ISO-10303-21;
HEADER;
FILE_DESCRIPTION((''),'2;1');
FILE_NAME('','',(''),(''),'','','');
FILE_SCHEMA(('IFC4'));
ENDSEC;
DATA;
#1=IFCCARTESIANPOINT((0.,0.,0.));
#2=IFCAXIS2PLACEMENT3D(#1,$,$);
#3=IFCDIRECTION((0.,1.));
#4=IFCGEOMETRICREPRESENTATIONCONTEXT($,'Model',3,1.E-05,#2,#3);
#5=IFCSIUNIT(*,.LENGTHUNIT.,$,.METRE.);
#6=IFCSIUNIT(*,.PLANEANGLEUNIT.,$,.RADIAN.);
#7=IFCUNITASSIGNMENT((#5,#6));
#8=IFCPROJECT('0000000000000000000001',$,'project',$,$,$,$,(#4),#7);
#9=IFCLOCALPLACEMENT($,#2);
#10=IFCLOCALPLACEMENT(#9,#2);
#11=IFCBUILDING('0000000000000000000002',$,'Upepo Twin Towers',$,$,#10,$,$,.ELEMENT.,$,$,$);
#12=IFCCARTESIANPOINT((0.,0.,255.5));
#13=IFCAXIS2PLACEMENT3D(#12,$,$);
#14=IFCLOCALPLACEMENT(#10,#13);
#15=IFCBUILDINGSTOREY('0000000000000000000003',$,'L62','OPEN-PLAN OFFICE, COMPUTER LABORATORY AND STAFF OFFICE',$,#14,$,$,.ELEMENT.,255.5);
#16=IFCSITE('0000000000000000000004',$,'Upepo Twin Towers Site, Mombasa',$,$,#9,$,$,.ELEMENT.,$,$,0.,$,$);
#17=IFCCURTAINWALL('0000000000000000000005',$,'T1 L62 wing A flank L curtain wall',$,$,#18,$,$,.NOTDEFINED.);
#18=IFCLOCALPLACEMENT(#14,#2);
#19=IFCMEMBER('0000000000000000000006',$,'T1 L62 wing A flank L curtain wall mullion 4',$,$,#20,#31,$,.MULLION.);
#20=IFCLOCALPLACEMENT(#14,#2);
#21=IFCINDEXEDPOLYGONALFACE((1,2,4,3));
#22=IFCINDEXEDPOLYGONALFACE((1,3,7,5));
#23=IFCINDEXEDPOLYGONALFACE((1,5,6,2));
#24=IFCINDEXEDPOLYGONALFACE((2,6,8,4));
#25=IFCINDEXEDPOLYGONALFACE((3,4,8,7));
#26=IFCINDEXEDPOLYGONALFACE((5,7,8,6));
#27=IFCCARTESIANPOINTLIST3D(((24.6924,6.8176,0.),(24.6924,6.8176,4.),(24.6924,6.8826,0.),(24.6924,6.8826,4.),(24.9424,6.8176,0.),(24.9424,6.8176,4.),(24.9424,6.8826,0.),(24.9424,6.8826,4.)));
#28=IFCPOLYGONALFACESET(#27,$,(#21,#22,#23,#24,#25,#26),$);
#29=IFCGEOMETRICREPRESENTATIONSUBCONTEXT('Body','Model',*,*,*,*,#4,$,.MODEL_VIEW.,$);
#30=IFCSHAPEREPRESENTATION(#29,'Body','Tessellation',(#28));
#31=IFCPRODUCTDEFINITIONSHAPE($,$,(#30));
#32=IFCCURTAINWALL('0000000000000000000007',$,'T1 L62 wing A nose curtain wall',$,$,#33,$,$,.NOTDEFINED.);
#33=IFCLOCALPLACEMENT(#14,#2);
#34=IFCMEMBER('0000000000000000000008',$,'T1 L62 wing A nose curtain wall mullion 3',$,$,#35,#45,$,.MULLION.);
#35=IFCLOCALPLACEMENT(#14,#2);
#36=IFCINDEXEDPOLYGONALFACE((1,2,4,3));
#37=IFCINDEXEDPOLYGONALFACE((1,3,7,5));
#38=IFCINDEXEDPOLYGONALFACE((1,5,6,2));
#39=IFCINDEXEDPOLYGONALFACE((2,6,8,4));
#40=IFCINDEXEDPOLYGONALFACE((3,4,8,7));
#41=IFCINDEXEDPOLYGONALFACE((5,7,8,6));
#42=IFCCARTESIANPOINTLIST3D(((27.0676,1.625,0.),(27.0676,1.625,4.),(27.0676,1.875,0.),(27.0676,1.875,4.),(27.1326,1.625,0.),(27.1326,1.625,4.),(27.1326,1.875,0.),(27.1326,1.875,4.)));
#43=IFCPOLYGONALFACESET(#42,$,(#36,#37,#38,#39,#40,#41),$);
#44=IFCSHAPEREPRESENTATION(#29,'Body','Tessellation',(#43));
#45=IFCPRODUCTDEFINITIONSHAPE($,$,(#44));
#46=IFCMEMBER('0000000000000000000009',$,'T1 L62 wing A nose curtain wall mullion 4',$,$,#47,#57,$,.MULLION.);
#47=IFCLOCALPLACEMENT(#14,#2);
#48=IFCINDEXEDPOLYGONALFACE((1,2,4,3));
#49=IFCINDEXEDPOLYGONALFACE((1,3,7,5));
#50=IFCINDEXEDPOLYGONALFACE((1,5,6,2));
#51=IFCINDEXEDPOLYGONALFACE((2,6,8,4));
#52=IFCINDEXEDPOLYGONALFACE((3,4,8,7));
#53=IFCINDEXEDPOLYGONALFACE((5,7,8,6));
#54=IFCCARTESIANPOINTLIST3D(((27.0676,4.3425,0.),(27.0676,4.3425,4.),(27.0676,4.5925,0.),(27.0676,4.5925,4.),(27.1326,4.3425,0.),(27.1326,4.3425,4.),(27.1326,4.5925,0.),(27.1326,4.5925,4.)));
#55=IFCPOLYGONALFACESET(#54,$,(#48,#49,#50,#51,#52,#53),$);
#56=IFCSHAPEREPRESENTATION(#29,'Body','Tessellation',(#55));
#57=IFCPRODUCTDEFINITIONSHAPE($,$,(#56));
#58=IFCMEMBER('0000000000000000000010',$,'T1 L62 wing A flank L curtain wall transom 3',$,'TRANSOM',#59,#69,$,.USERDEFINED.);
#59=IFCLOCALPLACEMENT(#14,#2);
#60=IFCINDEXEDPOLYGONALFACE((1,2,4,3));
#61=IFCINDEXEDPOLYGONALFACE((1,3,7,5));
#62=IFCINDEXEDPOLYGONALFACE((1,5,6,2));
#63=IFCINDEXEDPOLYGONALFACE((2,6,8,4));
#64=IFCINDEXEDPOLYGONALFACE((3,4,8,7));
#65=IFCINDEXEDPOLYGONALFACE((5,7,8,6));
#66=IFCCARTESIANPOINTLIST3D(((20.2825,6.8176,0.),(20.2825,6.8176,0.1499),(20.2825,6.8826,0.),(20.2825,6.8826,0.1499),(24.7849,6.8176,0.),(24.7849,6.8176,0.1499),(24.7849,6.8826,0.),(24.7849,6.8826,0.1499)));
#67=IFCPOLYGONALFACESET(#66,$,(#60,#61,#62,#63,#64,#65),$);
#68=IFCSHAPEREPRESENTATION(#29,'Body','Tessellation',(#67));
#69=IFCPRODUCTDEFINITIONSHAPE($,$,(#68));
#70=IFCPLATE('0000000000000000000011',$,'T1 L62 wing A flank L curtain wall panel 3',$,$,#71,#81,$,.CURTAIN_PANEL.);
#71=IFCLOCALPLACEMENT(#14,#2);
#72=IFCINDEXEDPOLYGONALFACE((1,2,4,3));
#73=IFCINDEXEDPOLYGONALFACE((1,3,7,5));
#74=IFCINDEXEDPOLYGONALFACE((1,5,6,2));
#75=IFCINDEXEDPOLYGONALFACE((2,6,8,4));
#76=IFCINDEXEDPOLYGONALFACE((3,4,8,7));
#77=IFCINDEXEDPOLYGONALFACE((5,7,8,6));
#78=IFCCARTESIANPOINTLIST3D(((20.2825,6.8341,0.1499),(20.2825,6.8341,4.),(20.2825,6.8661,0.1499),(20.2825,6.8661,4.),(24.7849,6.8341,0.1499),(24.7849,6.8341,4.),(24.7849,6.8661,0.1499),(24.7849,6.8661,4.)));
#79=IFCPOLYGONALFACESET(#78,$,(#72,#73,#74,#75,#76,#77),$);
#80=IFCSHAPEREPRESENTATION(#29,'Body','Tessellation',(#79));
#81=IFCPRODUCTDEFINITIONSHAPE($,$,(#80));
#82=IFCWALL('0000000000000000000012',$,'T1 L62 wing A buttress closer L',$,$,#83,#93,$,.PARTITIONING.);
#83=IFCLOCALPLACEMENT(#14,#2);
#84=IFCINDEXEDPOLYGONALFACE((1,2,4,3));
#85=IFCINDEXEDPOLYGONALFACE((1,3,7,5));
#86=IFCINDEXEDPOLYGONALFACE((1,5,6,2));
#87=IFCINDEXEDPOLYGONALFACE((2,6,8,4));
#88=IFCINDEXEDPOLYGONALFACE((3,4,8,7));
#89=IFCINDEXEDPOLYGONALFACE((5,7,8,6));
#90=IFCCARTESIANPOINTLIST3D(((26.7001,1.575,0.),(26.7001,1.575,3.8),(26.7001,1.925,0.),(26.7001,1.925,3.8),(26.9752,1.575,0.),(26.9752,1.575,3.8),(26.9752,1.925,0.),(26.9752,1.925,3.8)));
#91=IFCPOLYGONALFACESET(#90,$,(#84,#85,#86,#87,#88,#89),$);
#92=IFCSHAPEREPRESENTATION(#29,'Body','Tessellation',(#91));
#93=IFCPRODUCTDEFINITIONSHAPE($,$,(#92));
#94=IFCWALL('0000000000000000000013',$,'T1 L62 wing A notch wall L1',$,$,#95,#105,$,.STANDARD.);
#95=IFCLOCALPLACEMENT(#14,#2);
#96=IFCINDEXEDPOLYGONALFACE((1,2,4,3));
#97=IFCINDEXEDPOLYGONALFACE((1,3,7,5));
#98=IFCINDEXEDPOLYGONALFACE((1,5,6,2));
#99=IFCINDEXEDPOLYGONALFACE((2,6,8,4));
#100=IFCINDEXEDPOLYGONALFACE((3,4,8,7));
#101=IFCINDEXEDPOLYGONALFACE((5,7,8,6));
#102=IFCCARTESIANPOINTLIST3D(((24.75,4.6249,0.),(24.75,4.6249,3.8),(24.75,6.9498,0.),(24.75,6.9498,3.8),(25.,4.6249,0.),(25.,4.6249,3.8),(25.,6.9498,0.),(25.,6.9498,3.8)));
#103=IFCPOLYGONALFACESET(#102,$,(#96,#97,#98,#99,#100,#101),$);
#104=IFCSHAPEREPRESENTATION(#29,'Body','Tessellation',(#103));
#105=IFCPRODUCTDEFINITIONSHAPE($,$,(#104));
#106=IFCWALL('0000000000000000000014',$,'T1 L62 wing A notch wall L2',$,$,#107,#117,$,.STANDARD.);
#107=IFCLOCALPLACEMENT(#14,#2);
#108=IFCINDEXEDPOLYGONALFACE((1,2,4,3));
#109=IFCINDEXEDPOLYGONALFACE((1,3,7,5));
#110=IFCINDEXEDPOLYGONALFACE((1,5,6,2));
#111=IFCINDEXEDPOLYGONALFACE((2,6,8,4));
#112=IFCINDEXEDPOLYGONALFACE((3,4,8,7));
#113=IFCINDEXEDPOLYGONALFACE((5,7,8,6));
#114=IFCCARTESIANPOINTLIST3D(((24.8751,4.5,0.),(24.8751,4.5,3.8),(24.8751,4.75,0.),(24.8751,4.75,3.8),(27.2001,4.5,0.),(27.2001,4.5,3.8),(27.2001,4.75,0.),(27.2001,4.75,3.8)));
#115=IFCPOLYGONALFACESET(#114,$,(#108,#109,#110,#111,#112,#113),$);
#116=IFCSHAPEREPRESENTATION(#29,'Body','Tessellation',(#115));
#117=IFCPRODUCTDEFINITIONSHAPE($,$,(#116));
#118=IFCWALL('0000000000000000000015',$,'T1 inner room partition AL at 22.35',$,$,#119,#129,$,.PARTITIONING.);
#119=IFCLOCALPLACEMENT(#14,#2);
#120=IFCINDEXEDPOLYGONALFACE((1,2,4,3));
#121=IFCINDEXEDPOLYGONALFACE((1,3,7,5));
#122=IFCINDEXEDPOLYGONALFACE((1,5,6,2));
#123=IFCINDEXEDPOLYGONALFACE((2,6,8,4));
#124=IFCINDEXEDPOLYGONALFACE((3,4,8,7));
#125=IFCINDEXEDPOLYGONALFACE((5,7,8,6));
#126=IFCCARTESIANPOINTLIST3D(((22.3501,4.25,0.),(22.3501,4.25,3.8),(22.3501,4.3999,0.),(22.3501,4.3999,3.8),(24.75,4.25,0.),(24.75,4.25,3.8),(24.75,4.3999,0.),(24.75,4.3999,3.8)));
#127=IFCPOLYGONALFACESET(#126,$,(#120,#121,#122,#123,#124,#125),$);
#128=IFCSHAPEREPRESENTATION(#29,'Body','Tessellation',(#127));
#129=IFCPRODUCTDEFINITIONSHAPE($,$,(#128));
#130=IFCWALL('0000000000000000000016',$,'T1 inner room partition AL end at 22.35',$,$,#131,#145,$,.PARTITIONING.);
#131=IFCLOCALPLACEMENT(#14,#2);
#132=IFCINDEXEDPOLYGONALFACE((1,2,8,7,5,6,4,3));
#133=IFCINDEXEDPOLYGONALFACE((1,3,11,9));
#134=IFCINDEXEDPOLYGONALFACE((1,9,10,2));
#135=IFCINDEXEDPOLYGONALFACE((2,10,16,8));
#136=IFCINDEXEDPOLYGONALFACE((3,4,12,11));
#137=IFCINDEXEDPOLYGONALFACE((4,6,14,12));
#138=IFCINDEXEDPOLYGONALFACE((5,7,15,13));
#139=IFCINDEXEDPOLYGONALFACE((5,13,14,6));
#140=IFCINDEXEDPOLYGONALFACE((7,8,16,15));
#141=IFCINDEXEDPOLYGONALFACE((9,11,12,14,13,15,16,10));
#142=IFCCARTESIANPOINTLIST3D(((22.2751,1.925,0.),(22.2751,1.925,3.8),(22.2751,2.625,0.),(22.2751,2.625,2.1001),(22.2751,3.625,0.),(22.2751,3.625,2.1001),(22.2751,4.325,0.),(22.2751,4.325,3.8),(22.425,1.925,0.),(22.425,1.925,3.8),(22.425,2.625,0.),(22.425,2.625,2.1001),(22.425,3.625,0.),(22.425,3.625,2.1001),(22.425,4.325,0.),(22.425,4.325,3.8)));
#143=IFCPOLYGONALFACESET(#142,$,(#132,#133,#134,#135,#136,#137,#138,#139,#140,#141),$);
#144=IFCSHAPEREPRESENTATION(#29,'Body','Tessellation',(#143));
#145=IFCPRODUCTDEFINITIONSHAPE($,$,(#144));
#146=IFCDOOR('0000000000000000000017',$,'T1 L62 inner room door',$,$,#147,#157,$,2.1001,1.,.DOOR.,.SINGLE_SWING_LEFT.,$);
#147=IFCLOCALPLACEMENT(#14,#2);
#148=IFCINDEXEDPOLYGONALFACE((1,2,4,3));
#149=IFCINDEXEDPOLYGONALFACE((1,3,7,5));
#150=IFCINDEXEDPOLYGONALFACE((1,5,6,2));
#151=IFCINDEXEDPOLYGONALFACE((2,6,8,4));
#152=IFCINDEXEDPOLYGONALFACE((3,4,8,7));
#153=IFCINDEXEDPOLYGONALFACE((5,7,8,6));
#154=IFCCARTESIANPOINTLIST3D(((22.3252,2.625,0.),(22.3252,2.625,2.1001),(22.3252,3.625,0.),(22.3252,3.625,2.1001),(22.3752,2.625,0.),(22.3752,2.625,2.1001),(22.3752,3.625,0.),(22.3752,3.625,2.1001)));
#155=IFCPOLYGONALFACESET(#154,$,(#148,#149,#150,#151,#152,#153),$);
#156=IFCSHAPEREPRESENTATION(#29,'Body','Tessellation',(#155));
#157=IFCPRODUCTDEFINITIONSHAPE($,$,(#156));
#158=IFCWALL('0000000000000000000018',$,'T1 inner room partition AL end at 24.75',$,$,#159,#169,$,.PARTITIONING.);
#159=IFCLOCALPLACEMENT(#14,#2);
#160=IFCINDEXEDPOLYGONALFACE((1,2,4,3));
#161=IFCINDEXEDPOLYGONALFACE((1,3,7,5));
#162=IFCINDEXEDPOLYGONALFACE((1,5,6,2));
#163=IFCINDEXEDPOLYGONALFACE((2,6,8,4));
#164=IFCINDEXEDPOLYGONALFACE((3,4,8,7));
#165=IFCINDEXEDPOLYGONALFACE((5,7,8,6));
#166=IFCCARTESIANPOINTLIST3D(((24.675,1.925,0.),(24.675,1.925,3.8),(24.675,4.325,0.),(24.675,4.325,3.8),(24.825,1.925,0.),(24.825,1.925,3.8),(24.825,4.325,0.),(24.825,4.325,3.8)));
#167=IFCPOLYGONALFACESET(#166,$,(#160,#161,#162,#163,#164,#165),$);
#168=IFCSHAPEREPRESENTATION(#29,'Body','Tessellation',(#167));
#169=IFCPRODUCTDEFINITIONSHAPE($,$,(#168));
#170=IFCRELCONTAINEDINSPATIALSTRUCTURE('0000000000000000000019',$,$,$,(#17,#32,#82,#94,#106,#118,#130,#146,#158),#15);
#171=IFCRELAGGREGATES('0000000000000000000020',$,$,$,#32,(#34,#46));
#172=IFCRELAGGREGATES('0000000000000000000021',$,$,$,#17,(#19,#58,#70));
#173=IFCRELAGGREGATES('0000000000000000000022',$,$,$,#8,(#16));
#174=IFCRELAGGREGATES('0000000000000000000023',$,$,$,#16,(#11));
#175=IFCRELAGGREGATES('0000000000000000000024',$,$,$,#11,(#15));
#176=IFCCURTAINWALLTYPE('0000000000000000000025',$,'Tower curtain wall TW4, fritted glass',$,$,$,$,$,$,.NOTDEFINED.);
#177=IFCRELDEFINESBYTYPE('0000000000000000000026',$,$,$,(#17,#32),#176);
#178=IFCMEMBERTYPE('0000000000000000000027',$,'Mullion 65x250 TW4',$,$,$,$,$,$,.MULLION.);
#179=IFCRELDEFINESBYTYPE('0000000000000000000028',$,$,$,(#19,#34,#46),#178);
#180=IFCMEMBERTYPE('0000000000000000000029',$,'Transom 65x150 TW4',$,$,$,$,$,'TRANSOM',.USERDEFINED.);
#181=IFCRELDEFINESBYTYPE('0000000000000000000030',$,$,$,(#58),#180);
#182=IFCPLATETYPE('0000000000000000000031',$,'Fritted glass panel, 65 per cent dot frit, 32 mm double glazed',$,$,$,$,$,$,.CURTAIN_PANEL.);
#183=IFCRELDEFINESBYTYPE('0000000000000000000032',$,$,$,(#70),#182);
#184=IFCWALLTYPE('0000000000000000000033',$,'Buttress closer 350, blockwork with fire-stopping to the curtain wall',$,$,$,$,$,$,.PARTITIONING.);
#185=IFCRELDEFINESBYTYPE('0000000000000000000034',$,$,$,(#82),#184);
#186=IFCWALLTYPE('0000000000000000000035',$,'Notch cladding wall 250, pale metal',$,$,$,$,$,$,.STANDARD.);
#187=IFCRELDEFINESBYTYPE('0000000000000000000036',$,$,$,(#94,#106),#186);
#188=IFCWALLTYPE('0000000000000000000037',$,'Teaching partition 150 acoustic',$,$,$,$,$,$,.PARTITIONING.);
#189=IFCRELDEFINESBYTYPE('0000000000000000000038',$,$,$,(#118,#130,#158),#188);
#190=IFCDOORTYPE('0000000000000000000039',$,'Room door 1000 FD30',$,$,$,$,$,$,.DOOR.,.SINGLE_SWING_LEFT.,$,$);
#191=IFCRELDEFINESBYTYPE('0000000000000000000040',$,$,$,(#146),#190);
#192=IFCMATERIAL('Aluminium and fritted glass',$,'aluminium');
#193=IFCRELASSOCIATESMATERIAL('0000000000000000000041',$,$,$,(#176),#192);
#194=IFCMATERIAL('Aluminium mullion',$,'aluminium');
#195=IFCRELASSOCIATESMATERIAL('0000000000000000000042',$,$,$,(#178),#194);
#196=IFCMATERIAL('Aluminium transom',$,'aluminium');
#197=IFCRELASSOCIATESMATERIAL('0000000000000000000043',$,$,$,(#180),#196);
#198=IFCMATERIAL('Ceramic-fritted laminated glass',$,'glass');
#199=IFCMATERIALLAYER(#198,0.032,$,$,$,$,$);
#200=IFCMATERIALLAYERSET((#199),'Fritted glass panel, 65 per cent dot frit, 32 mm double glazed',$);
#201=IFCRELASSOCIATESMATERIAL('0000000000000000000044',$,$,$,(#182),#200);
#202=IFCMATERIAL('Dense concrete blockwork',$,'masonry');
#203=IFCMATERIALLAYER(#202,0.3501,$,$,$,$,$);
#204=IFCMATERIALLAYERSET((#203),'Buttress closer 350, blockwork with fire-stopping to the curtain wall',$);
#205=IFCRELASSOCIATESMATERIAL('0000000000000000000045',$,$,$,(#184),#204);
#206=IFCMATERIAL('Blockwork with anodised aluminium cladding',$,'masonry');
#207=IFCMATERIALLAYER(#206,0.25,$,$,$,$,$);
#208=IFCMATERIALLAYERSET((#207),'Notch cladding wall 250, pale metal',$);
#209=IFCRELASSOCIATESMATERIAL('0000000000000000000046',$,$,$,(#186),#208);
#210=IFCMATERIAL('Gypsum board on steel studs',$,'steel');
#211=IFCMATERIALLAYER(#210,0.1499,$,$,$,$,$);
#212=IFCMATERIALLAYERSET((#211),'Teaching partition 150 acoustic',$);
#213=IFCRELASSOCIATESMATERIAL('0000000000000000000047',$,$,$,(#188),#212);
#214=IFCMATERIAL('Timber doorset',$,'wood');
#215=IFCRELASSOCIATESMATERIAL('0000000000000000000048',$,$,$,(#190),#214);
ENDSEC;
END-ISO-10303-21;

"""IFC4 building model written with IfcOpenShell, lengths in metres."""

from ifc_helpers import new_model, si_unit, direction, frame, frame_2d, origin, origin_2d, place, context, subcontext, project, spatial, rectangle, extrude, material, layer, layer_set, material_profile, profile_set, type_object, element, fill, aggregate, save


model = new_model("IFC4")

# Units and contexts
model_context = context("Model", 3, precision=1e-05, world=origin(), true_north=direction((0.0, 1.0)))
body_context = subcontext(model_context, "Body", "Model", "MODEL_VIEW")
ifc_project = project(units=[si_unit("LENGTHUNIT", "METRE"), si_unit("PLANEANGLEUNIT", "RADIAN")], contexts=[model_context])

# Site, building, storey
site_placement = place(None, origin())
site = spatial("IfcSite", under=ifc_project, at=site_placement, Name="Upepo Twin Towers Site, Mombasa", CompositionType="ELEMENT", RefElevation=0.0)
building_placement = place(site_placement, origin())
building = spatial("IfcBuilding", under=site, at=building_placement, Name="Upepo Twin Towers", CompositionType="ELEMENT")
storey_placement = place(building_placement, frame((0.0, 0.0, 255.5)))
storey = spatial("IfcBuildingStorey", under=building, at=storey_placement, Name="L62", Description="OPEN-PLAN OFFICE, COMPUTER LABORATORY AND STAFF OFFICE", CompositionType="ELEMENT", Elevation=255.5)

# Curtain walls, members
ifc_material_1 = material(Name="Aluminium and fritted glass", Category="aluminium")
curtain_wall_type = type_object("IfcCurtainWallType", Name="Tower curtain wall TW4, fritted glass", PredefinedType="NOTDEFINED", material=ifc_material_1)
curtain_wall_1_placement = place(storey_placement, origin())
curtain_wall_1 = element("IfcCurtainWall", 1, at=curtain_wall_1_placement, inside=storey, type_object=curtain_wall_type, Name="T1 L62 wing A flank L curtain wall", PredefinedType="NOTDEFINED")
ifc_material_2 = material(Name="Aluminium mullion", Category="aluminium")
ifc_material_profile_1 = material_profile(ifc_material_2, rectangle(XDim=0.0649, YDim=0.25, at=origin_2d()), Name="MULLION 65x250")
ifc_profile_set_1 = profile_set([ifc_material_profile_1], Name="Aluminium mullion")
member_type_1 = type_object("IfcMemberType", Name="Mullion 65x250 TW4", PredefinedType="MULLION", material=ifc_profile_set_1)
member_1_placement = place(storey_placement, frame((24.8174, 6.8501, 0.0), z_axis=(0.0, 0.0, 1.0), x_axis=(0.0, 1.0, 0.0)))
member_1 = element("IfcMember", 2, at=member_1_placement, type_object=member_type_1, Name="T1 L62 wing A flank L curtain wall mullion 4", PredefinedType="MULLION", context=body_context, shape_type="SweptSolid", body=[
    extrude(rectangle(XDim=0.0649, YDim=0.25, at=origin_2d()), origin(), (0.0, 0.0, 1.0), 4.0),
])
curtain_wall_2_placement = place(storey_placement, origin())
curtain_wall_2 = element("IfcCurtainWall", 3, at=curtain_wall_2_placement, inside=storey, type_object=curtain_wall_type, Name="T1 L62 wing A nose curtain wall", PredefinedType="NOTDEFINED")
member_2_placement = place(storey_placement, frame((27.1001, 1.75, 0.0), z_axis=(0.0, 0.0, 1.0), x_axis=(-1.0, 0.0, 0.0)))
member_2 = element("IfcMember", 4, at=member_2_placement, type_object=member_type_1, Name="T1 L62 wing A nose curtain wall mullion 3", PredefinedType="MULLION", context=body_context, shape_type="SweptSolid", body=[
    extrude(rectangle(XDim=0.0649, YDim=0.25, at=origin_2d()), origin(), (0.0, 0.0, 1.0), 4.0),
])
member_3_placement = place(storey_placement, frame((27.1001, 4.4675, 0.0), z_axis=(0.0, 0.0, 1.0), x_axis=(-1.0, 0.0, 0.0)))
member_3 = element("IfcMember", 5, at=member_3_placement, type_object=member_type_1, Name="T1 L62 wing A nose curtain wall mullion 4", PredefinedType="MULLION", context=body_context, shape_type="SweptSolid", body=[
    extrude(rectangle(XDim=0.0649, YDim=0.25, at=origin_2d()), origin(), (0.0, 0.0, 1.0), 4.0),
])
aggregate(curtain_wall_2, [member_2, member_3])

# Member
ifc_material_3 = material(Name="Aluminium transom", Category="aluminium")
ifc_material_profile_2 = material_profile(ifc_material_3, rectangle(XDim=0.0649, YDim=0.1499, at=origin_2d()), Name="TRANSOM 65x150")
ifc_profile_set_2 = profile_set([ifc_material_profile_2], Name="Aluminium transom")
member_type_2 = type_object("IfcMemberType", Name="Transom 65x150 TW4", ElementType="TRANSOM", PredefinedType="USERDEFINED", material=ifc_profile_set_2)
member_4_placement = place(storey_placement, frame((20.2825, 6.8501, 0.075), z_axis=(1.0, 0.0, 0.0), x_axis=(0.0, 1.0, 0.0)))
member_4 = element("IfcMember", 6, at=member_4_placement, type_object=member_type_2, Name="T1 L62 wing A flank L curtain wall transom 3", ObjectType="TRANSOM", PredefinedType="USERDEFINED", context=body_context, shape_type="SweptSolid", body=[
    extrude(rectangle(XDim=0.0649, YDim=0.1499, at=origin_2d()), origin(), (0.0, 0.0, 1.0), 4.5024),
])

# Plate
ifc_material_4 = material(Name="Ceramic-fritted laminated glass", Category="glass")
ifc_layer_1 = layer(ifc_material_4, 0.032)
ifc_layer_set_1 = layer_set([ifc_layer_1], Name="Fritted glass panel, 65 per cent dot frit, 32 mm double glazed")
plate_type = type_object("IfcPlateType", Name="Fritted glass panel, 65 per cent dot frit, 32 mm double glazed", PredefinedType="CURTAIN_PANEL", material=ifc_layer_set_1)
plate_placement = place(storey_placement, frame((22.5337, 6.8501, 0.1499), z_axis=(0.0, 0.0, 1.0), x_axis=(1.0, 0.0, 0.0)))
plate = element("IfcPlate", 7, at=plate_placement, type_object=plate_type, Name="T1 L62 wing A flank L curtain wall panel 3", PredefinedType="CURTAIN_PANEL", context=body_context, shape_type="SweptSolid", body=[
    extrude(rectangle(XDim=4.5024, YDim=0.032, at=origin_2d()), origin(), (0.0, 0.0, 1.0), 3.8501),
])
aggregate(curtain_wall_1, [member_1, member_4, plate])

# Walls
ifc_material_5 = material(Name="Dense concrete blockwork", Category="masonry")
ifc_layer_2 = layer(ifc_material_5, 0.3501)
ifc_layer_set_2 = layer_set([ifc_layer_2], Name="Buttress closer 350, blockwork with fire-stopping to the curtain wall")
wall_type_1 = type_object("IfcWallType", Name="Buttress closer 350, blockwork with fire-stopping to the curtain wall", PredefinedType="PARTITIONING", material=ifc_layer_set_2)
wall_1_placement = place(storey_placement, frame((26.7, 1.75, 0.0), z_axis=(0.0, 0.0, 1.0), x_axis=(1.0, 0.0, 0.0)))
element("IfcWall", 8, at=wall_1_placement, inside=storey, type_object=wall_type_1, Name="T1 L62 wing A buttress closer L", PredefinedType="PARTITIONING", context=body_context, shape_type="SweptSolid", body=[
    extrude(rectangle(XDim=0.2751, YDim=0.3501, at=frame_2d((0.1377, 0.0))), origin(), (0.0, 0.0, 1.0), 3.8),
])
ifc_material_6 = material(Name="Blockwork with anodised aluminium cladding", Category="masonry")
ifc_layer_3 = layer(ifc_material_6, 0.25)
ifc_layer_set_3 = layer_set([ifc_layer_3], Name="Notch cladding wall 250, pale metal")
wall_type_2 = type_object("IfcWallType", Name="Notch cladding wall 250, pale metal", PredefinedType="STANDARD", material=ifc_layer_set_3)
for number, where, z_axis, x_axis, name in (
    (9, (24.875, 6.95, 0.0), (0.0, 0.0, 1.0), (0.0, -1.0, 0.0), "T1 L62 wing A notch wall L1"),
    (10, (24.875, 4.625, 0.0), (0.0, 0.0, 1.0), (1.0, 0.0, 0.0), "T1 L62 wing A notch wall L2"),
):
    element("IfcWall", number, at=place(storey_placement, frame(where, z_axis=z_axis, x_axis=x_axis)), inside=storey, type_object=wall_type_2, Name=name, PredefinedType="STANDARD", context=body_context, shape_type="SweptSolid", body=[
        extrude(rectangle(XDim=2.325, YDim=0.25, at=frame_2d((1.1626, 0.0))), origin(), (0.0, 0.0, 1.0), 3.8),
    ])
ifc_material_7 = material(Name="Gypsum board on steel studs", Category="steel")
ifc_layer_4 = layer(ifc_material_7, 0.1499)
ifc_layer_set_4 = layer_set([ifc_layer_4], Name="Teaching partition 150 acoustic")
wall_type_3 = type_object("IfcWallType", Name="Teaching partition 150 acoustic", PredefinedType="PARTITIONING", material=ifc_layer_set_4)
wall_2_placement = place(storey_placement, frame((22.3501, 4.325, 0.0), z_axis=(0.0, 0.0, 1.0), x_axis=(1.0, 0.0, 0.0)))
element("IfcWall", 11, at=wall_2_placement, inside=storey, type_object=wall_type_3, Name="T1 inner room partition AL at 22.35", PredefinedType="PARTITIONING", context=body_context, shape_type="SweptSolid", body=[
    extrude(rectangle(XDim=2.3999, YDim=0.1499, at=frame_2d((1.2, 0.0))), origin(), (0.0, 0.0, 1.0), 3.8),
])

# Wall, opening, door
wall_3_placement = place(storey_placement, frame((22.3501, 1.925, 0.0), z_axis=(0.0, 0.0, 1.0), x_axis=(0.0, 1.0, 0.0)))
wall_3 = element("IfcWall", 12, at=wall_3_placement, inside=storey, type_object=wall_type_3, Name="T1 inner room partition AL end at 22.35", PredefinedType="PARTITIONING", context=body_context, shape_type="SweptSolid", body=[
    extrude(rectangle(XDim=2.3999, YDim=0.1499, at=frame_2d((1.2, 0.0))), origin(), (0.0, 0.0, 1.0), 3.8),
])
opening_1_placement = place(wall_3_placement, frame((0.7, 0.0, 0.0)))
opening_1 = element("IfcOpeningElement", 13, at=opening_1_placement, cuts=wall_3, PredefinedType="OPENING", context=body_context, shape_type="SweptSolid", body=[
    extrude(rectangle(XDim=1.0, YDim=2.1001, at=frame_2d((0.5, 1.05))), frame((0.0, 0.085, 0.0), z_axis=(0.0, -1.0, 0.0), x_axis=(1.0, 0.0, 0.0)), (0.0, 0.0, 1.0), 0.1699),
])
ifc_material_8 = material(Name="Timber doorset", Category="wood")
door_type = type_object("IfcDoorType", Name="Room door 1000 FD30", OperationType="SINGLE_SWING_LEFT", PredefinedType="DOOR", material=ifc_material_8)
door_1_placement = place(opening_1_placement, origin())
door_1 = element("IfcDoor", 14, at=door_1_placement, inside=storey, type_object=door_type, Name="T1 L62 inner room door", OperationType="SINGLE_SWING_LEFT", OverallHeight=2.1001, OverallWidth=1.0, PredefinedType="DOOR", context=body_context, shape_type="SweptSolid", body=[
    extrude(rectangle(XDim=1.0, YDim=2.1001, at=frame_2d((0.5, 1.05))), frame((0.0, 0.0249, 0.0), z_axis=(0.0, -1.0, 0.0), x_axis=(1.0, 0.0, 0.0)), (0.0, 0.0, 1.0), 0.05),
])
fill(opening_1, door_1)

# Wall
wall_4_placement = place(storey_placement, frame((24.75, 1.925, 0.0), z_axis=(0.0, 0.0, 1.0), x_axis=(0.0, 1.0, 0.0)))
element("IfcWall", 15, at=wall_4_placement, inside=storey, type_object=wall_type_3, Name="T1 inner room partition AL end at 24.75", PredefinedType="PARTITIONING", context=body_context, shape_type="SweptSolid", body=[
    extrude(rectangle(XDim=2.3999, YDim=0.1499, at=frame_2d((1.2, 0.0))), origin(), (0.0, 0.0, 1.0), 3.8),
])

save(model, "model.ifc")
